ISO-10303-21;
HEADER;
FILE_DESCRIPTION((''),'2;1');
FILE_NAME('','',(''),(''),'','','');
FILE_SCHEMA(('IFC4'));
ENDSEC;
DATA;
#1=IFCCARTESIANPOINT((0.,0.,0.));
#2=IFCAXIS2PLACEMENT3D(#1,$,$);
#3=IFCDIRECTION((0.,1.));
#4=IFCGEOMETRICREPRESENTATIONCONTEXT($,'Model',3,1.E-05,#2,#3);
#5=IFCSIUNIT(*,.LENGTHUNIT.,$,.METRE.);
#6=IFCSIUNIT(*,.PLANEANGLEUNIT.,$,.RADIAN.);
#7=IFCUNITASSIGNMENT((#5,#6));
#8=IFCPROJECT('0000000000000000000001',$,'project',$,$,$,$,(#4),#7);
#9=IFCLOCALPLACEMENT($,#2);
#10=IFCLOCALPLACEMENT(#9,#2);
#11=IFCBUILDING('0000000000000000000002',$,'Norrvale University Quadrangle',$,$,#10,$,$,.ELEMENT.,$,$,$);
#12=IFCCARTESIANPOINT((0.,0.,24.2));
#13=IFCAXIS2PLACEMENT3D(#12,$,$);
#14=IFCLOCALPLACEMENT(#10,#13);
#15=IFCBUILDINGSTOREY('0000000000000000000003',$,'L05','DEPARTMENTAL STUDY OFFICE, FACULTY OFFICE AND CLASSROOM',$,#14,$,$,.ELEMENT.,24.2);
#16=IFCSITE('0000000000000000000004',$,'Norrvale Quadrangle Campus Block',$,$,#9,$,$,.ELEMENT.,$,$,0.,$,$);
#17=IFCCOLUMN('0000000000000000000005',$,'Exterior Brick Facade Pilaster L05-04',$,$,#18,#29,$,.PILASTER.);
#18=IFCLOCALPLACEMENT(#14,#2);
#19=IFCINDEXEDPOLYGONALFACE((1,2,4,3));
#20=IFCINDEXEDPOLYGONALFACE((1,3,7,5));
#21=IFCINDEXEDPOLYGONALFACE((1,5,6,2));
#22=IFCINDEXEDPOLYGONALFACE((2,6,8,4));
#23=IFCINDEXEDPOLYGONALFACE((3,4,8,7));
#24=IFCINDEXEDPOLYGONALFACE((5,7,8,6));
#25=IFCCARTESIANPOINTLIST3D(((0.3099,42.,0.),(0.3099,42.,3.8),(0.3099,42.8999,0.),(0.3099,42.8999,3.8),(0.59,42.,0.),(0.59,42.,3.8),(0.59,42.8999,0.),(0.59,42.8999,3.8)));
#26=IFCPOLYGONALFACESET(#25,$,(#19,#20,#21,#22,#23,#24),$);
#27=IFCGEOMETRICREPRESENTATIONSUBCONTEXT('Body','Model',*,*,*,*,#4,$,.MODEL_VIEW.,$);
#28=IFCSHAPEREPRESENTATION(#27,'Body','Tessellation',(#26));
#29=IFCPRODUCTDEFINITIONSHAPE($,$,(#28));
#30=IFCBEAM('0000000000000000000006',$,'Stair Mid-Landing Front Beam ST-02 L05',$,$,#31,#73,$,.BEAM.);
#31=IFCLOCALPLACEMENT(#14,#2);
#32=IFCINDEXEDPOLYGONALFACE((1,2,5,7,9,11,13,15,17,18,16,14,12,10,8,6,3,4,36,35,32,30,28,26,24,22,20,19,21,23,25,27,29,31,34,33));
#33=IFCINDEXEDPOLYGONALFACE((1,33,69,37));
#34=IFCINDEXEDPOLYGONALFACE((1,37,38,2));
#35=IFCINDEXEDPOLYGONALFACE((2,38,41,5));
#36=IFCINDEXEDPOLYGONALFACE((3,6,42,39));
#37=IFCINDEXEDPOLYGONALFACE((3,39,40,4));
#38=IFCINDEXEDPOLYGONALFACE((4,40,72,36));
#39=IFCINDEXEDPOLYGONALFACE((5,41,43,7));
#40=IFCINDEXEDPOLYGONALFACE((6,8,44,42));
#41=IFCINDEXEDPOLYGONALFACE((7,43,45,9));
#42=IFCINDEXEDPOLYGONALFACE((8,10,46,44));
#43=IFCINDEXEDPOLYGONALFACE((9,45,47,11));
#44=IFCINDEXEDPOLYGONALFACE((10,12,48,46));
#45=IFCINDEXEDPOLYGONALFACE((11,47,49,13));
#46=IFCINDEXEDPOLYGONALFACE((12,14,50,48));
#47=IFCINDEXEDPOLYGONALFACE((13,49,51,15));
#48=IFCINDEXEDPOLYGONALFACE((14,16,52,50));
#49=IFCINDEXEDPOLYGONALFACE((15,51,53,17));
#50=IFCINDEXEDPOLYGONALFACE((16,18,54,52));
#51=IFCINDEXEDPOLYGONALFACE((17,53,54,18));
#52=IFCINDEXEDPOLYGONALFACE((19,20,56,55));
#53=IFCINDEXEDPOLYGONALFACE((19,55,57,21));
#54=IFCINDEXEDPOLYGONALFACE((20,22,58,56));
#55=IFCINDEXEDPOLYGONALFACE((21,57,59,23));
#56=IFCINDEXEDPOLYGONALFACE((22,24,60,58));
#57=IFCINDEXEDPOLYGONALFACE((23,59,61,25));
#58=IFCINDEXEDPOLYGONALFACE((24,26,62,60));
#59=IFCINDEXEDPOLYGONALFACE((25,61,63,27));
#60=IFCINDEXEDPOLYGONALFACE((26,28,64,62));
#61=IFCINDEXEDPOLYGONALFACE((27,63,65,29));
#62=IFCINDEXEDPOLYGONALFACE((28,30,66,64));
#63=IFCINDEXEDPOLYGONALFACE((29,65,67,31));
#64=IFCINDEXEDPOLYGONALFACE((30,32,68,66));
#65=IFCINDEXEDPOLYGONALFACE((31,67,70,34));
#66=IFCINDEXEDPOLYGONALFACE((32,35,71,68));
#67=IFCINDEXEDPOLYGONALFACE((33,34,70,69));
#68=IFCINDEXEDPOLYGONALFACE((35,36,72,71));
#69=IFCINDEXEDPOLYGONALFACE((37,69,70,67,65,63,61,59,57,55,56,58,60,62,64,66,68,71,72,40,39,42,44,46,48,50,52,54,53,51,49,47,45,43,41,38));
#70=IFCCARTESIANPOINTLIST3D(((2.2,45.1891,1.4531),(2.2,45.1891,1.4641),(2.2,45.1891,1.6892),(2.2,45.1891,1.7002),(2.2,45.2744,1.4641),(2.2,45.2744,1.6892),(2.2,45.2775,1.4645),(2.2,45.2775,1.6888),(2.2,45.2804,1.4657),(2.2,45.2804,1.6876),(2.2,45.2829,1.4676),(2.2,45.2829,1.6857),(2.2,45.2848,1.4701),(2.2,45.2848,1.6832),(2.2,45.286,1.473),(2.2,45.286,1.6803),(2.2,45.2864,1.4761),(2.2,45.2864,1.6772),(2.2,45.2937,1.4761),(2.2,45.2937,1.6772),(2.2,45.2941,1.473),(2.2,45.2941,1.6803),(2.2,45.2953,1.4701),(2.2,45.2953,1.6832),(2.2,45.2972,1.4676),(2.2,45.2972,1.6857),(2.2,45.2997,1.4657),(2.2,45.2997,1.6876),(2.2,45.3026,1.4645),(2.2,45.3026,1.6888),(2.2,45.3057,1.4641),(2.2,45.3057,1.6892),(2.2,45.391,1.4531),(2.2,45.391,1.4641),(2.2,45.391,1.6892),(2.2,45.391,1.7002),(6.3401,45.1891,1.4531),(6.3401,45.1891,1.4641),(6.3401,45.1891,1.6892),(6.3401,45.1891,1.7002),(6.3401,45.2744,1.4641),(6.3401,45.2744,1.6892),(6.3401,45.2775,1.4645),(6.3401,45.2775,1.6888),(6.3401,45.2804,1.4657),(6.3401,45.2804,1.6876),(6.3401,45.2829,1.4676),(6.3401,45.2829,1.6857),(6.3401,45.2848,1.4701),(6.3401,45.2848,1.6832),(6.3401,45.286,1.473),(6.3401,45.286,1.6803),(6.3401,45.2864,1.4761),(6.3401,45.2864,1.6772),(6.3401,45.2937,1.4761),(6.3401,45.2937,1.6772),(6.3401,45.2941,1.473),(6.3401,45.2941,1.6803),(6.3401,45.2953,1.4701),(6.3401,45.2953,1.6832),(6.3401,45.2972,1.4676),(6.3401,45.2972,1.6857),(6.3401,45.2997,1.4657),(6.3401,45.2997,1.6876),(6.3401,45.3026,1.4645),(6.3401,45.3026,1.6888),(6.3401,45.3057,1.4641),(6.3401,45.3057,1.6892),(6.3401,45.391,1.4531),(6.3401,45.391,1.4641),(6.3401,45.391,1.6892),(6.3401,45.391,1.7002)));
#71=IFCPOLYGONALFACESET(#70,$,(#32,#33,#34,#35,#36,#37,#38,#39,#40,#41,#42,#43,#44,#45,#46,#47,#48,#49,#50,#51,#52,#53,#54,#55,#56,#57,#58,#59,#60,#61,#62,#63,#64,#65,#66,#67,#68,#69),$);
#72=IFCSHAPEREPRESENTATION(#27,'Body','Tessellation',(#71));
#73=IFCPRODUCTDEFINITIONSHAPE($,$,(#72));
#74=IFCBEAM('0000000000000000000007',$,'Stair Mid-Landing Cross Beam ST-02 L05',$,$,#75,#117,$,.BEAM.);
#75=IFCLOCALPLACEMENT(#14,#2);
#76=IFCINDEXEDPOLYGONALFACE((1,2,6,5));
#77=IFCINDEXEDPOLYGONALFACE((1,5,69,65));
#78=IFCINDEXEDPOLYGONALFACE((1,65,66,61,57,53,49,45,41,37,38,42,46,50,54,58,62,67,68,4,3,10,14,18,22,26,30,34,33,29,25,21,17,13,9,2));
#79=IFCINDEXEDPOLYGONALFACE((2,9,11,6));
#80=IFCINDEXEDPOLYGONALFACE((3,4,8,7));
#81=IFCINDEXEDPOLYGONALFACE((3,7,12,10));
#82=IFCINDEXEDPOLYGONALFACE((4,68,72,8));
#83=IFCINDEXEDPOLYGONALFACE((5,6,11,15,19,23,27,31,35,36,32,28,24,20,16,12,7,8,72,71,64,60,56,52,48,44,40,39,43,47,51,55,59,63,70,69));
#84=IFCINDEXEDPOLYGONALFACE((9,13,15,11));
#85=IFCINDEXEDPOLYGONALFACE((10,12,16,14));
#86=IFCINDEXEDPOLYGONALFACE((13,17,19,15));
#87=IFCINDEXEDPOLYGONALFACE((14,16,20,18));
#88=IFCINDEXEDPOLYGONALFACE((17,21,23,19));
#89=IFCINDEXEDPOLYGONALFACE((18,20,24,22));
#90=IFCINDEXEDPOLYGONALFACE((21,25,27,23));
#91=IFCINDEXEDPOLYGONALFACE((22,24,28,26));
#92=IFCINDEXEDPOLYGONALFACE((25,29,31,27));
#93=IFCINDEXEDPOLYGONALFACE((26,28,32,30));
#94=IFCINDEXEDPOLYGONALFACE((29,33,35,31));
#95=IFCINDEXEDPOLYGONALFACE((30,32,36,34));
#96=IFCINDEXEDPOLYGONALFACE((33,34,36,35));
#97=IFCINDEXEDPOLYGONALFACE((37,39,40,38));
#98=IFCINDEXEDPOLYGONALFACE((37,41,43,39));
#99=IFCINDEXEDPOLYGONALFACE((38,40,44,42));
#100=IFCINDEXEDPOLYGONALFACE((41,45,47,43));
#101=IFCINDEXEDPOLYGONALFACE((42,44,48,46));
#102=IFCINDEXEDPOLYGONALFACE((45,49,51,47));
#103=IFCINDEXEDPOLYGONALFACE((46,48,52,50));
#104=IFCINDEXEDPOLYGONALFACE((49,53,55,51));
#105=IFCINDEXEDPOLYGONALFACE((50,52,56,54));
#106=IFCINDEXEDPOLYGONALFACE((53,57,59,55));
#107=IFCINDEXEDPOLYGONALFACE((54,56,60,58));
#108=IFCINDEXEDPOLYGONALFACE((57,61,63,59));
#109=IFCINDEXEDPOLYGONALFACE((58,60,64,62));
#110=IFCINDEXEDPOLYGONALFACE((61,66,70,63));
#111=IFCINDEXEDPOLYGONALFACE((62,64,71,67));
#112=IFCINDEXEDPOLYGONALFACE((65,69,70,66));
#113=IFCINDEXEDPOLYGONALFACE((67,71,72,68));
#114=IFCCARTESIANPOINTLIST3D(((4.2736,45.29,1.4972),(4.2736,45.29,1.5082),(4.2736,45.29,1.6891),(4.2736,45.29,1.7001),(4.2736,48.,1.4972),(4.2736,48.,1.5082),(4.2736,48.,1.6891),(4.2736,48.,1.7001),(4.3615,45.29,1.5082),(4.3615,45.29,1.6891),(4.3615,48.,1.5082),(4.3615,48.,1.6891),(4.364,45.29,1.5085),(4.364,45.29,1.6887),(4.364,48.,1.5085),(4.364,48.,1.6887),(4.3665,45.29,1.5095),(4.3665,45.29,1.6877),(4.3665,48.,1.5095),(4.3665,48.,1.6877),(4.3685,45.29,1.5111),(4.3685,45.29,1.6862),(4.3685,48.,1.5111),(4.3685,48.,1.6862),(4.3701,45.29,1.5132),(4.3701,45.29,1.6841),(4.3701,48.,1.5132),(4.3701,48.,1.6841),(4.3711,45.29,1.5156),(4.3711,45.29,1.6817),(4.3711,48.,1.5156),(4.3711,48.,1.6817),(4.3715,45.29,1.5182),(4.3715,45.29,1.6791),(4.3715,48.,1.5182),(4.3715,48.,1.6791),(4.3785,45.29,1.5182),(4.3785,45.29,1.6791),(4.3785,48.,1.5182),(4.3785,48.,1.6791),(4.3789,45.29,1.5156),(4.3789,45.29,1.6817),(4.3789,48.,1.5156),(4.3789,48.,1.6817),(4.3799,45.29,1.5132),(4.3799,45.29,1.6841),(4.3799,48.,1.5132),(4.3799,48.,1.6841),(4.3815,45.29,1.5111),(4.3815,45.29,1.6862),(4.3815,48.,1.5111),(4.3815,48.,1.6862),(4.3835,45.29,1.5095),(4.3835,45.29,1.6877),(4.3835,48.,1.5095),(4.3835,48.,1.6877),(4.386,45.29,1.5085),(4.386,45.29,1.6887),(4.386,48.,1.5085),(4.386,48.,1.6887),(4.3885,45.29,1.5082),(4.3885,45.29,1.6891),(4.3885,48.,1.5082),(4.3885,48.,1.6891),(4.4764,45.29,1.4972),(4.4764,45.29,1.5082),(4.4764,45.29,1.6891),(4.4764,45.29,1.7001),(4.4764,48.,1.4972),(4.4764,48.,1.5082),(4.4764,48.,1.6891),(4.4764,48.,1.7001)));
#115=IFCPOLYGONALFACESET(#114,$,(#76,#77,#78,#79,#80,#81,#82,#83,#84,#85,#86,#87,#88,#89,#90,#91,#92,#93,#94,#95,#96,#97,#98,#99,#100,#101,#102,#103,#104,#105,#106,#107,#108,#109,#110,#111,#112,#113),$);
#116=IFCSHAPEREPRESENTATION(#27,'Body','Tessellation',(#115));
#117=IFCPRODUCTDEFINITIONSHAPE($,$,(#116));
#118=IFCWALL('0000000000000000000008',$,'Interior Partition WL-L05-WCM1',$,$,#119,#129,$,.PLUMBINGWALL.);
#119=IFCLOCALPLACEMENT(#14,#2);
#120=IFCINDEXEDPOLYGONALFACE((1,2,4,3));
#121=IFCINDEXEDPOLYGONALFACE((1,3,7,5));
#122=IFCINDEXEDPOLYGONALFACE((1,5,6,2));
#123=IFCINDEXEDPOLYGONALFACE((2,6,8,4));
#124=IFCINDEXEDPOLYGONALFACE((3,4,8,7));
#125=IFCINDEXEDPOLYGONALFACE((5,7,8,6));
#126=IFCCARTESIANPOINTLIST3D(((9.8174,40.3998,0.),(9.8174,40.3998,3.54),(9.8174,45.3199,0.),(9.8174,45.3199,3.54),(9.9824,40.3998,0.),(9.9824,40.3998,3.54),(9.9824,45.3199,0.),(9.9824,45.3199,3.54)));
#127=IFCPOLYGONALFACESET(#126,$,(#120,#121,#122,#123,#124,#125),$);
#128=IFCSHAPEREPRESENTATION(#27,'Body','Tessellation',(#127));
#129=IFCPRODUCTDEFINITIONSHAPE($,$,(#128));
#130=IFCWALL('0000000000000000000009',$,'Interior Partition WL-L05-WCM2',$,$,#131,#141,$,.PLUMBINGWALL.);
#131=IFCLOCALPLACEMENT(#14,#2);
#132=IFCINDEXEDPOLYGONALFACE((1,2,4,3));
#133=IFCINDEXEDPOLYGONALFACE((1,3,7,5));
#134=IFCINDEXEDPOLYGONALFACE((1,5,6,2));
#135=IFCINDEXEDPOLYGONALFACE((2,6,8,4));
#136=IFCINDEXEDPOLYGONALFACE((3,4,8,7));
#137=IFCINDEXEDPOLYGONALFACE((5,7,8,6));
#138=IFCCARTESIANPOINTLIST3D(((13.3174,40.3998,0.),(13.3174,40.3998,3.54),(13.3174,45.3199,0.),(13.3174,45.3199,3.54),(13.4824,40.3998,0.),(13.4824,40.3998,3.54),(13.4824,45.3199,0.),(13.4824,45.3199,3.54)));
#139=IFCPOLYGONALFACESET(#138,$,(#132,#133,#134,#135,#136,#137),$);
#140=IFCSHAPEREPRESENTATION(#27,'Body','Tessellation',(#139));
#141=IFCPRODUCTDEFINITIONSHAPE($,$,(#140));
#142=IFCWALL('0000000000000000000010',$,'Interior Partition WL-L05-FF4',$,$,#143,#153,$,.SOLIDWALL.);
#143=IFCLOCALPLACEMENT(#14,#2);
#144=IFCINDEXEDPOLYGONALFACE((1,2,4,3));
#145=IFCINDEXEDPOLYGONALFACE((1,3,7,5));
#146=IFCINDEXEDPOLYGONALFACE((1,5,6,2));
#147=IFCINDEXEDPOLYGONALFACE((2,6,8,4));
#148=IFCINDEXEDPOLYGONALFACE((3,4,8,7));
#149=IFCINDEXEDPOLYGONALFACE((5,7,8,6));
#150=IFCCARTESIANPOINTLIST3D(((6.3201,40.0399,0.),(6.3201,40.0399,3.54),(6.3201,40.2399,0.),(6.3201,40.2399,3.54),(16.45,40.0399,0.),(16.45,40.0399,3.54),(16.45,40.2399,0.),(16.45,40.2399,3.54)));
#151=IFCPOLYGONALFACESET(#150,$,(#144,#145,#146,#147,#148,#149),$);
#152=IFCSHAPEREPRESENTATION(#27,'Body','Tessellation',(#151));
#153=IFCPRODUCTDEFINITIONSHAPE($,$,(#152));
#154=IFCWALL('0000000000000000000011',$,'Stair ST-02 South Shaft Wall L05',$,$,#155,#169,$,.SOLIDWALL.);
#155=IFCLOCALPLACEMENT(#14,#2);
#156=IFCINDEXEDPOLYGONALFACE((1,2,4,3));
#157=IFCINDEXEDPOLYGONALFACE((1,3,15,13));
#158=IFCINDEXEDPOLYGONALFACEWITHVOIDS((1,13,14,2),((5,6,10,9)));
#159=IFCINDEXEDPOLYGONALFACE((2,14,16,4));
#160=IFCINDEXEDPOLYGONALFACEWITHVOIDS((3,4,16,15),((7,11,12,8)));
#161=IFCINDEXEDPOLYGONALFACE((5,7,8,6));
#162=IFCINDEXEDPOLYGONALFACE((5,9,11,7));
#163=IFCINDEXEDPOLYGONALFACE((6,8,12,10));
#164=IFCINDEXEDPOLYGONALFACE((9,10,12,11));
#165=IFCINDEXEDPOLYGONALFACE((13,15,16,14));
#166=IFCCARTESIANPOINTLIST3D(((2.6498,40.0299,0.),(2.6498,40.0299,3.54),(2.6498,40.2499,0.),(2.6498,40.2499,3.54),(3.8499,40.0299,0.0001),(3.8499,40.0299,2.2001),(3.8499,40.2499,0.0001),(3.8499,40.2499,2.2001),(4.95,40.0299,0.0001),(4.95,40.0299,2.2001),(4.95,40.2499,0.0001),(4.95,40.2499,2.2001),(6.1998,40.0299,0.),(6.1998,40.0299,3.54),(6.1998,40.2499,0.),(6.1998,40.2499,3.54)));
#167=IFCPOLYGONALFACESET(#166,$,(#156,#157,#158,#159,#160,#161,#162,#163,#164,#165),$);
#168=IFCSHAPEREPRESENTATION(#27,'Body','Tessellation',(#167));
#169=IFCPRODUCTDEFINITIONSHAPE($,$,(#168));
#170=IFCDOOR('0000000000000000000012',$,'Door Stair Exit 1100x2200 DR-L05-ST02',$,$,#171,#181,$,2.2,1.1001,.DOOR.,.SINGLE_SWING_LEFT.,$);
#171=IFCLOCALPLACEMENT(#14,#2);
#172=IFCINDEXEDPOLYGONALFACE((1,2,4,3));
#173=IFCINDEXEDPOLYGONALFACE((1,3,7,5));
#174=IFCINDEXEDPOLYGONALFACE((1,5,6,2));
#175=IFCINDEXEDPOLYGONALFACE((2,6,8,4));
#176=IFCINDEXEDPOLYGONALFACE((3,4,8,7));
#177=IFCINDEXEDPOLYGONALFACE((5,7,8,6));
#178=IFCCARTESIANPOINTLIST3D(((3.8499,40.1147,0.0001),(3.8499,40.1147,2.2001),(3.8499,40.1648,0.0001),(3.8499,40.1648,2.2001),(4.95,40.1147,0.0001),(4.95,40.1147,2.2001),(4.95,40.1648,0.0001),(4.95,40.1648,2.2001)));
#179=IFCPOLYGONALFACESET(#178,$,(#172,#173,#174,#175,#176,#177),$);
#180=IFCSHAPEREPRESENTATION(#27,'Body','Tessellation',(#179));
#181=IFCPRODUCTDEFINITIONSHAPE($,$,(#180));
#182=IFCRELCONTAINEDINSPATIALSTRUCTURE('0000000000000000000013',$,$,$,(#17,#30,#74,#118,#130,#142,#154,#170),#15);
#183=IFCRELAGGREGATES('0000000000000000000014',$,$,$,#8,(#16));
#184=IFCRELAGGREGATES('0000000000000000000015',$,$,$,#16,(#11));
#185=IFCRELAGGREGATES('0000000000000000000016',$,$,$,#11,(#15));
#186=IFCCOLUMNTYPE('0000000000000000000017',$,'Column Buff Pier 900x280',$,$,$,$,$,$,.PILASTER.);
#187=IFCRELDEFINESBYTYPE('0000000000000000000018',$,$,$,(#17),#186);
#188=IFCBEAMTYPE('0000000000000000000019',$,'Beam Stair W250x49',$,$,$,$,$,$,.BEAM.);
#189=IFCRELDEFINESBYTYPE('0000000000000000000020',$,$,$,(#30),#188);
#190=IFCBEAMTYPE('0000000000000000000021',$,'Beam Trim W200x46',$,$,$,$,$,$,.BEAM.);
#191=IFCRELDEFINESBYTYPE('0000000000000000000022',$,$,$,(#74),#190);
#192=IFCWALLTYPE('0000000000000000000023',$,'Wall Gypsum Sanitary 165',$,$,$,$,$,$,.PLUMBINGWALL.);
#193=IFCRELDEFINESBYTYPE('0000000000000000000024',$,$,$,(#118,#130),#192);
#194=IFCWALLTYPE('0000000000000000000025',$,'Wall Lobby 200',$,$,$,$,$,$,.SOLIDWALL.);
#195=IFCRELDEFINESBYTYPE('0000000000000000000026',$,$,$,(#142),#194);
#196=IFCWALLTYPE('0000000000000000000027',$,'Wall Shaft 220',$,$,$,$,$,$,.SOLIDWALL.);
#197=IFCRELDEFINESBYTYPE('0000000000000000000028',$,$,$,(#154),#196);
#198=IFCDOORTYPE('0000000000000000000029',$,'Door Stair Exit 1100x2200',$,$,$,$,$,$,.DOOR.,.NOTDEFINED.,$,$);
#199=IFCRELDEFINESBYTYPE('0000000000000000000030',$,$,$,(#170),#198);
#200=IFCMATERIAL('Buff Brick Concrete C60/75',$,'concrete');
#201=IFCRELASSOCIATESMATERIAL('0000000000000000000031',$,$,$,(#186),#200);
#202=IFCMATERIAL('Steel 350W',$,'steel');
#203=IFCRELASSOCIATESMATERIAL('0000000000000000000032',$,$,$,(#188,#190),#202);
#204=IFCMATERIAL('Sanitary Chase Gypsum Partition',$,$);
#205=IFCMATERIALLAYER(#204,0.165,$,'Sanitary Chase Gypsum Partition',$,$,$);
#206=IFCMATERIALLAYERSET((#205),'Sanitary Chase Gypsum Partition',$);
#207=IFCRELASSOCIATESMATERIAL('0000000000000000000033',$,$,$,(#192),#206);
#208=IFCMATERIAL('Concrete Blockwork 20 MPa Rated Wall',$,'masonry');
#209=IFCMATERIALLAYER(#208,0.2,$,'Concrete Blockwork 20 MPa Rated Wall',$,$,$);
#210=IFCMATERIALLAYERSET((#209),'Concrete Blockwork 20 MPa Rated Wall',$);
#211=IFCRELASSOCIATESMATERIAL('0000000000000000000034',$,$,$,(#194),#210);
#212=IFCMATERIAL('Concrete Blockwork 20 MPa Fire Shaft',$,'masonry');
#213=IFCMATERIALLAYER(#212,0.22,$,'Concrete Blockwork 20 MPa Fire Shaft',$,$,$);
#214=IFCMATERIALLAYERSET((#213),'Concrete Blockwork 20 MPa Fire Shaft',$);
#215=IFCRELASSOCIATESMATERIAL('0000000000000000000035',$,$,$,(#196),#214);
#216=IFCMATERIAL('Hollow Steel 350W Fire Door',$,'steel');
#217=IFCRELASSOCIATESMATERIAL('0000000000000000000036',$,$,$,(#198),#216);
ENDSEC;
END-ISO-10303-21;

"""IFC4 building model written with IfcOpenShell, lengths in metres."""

from ifc_helpers import new_model, si_unit, direction, frame, frame_2d, origin, origin_2d, place, context, subcontext, project, spatial, rectangle, i_section, extrude, material, layer, layer_set, material_profile, profile_set, type_object, element, fill, save


model = new_model("IFC4")

# Units and contexts
model_context = context("Model", 3, precision=1e-05, world=origin(), true_north=direction((0.0, 1.0)))
body_context = subcontext(model_context, "Body", "Model", "MODEL_VIEW")
ifc_project = project(units=[si_unit("LENGTHUNIT", "METRE"), si_unit("PLANEANGLEUNIT", "RADIAN")], contexts=[model_context])

# Site, building, storey
site_placement = place(None, origin())
site = spatial("IfcSite", under=ifc_project, at=site_placement, Name="Norrvale Quadrangle Campus Block", CompositionType="ELEMENT", RefElevation=0.0)
building_placement = place(site_placement, origin())
building = spatial("IfcBuilding", under=site, at=building_placement, Name="Norrvale University Quadrangle", CompositionType="ELEMENT")
storey_placement = place(building_placement, frame((0.0, 0.0, 24.2)))
storey = spatial("IfcBuildingStorey", under=building, at=storey_placement, Name="L05", Description="DEPARTMENTAL STUDY OFFICE, FACULTY OFFICE AND CLASSROOM", CompositionType="ELEMENT", Elevation=24.2)

# Column
ifc_material_1 = material(Name="Buff Brick Concrete C60/75", Category="concrete")
ifc_material_profile_1 = material_profile(ifc_material_1, rectangle(XDim=0.8999, YDim=0.28, at=origin_2d()), Name="Buff Brick Concrete C60/75")
ifc_profile_set_1 = profile_set([ifc_material_profile_1], Name="Buff Brick Concrete C60/75")
column_type = type_object("IfcColumnType", Name="Column Buff Pier 900x280", PredefinedType="PILASTER", material=ifc_profile_set_1)
column_placement = place(storey_placement, frame((0.45, 42.45, 0.0), z_axis=(0.0, 0.0, 1.0), x_axis=(0.0, 1.0, 0.0)))
element("IfcColumn", 1, at=column_placement, inside=storey, type_object=column_type, Name="Exterior Brick Facade Pilaster L05-04", PredefinedType="PILASTER", context=body_context, shape_type="SweptSolid", body=[
    extrude(rectangle(XDim=0.8999, YDim=0.28, at=origin_2d()), origin(), (0.0, 0.0, 1.0), 3.8),
])

# Beams
ifc_material_2 = material(Name="Steel 350W", Category="steel")
ifc_material_profile_2 = material_profile(ifc_material_2, i_section(OverallWidth=0.2019, OverallDepth=0.2471, WebThickness=0.0073, FlangeThickness=0.011, FilletRadius=0.012, at=origin_2d()), Name="Steel 350W")
ifc_profile_set_2 = profile_set([ifc_material_profile_2], Name="Steel 350W")
beam_type_1 = type_object("IfcBeamType", Name="Beam Stair W250x49", PredefinedType="BEAM", material=ifc_profile_set_2)
beam_1_placement = place(storey_placement, frame((2.2, 45.29, 1.5767), z_axis=(1.0, 0.0, 0.0), x_axis=(0.0, 1.0, 0.0)))
element("IfcBeam", 2, at=beam_1_placement, inside=storey, type_object=beam_type_1, Name="Stair Mid-Landing Front Beam ST-02 L05", PredefinedType="BEAM", context=body_context, shape_type="SweptSolid", body=[
    extrude(i_section(OverallWidth=0.2019, OverallDepth=0.2471, WebThickness=0.0073, FlangeThickness=0.011, FilletRadius=0.012, at=origin_2d()), origin(), (0.0, 0.0, 1.0), 4.1401),
])
ifc_material_profile_3 = material_profile(ifc_material_2, i_section(OverallWidth=0.2029, OverallDepth=0.2029, WebThickness=0.0071, FlangeThickness=0.011, FilletRadius=0.01, at=origin_2d()), Name="Steel 350W")
ifc_profile_set_3 = profile_set([ifc_material_profile_3], Name="Steel 350W")
beam_type_2 = type_object("IfcBeamType", Name="Beam Trim W200x46", PredefinedType="BEAM", material=ifc_profile_set_3)
beam_2_placement = place(storey_placement, frame((4.375, 45.29, 1.5986), z_axis=(0.0, 1.0, 0.0), x_axis=(-1.0, 0.0, 0.0)))
element("IfcBeam", 3, at=beam_2_placement, inside=storey, type_object=beam_type_2, Name="Stair Mid-Landing Cross Beam ST-02 L05", PredefinedType="BEAM", context=body_context, shape_type="SweptSolid", body=[
    extrude(i_section(OverallWidth=0.2029, OverallDepth=0.2029, WebThickness=0.0071, FlangeThickness=0.011, FilletRadius=0.01, at=origin_2d()), origin(), (0.0, 0.0, 1.0), 2.71),
])

# Walls
ifc_material_3 = material(Name="Sanitary Chase Gypsum Partition")
ifc_layer_1 = layer(ifc_material_3, 0.165, Name="Sanitary Chase Gypsum Partition")
ifc_layer_set_1 = layer_set([ifc_layer_1], Name="Sanitary Chase Gypsum Partition")
wall_type_1 = type_object("IfcWallType", Name="Wall Gypsum Sanitary 165", PredefinedType="PLUMBINGWALL", material=ifc_layer_set_1)
for number, where, z_axis, x_axis, name in (
    (4, (9.8999, 40.3999, 0.0), (0.0, 0.0, 1.0), (0.0, 1.0, 0.0), "Interior Partition WL-L05-WCM1"),
    (5, (13.3999, 40.3999, 0.0), (0.0, 0.0, 1.0), (0.0, 1.0, 0.0), "Interior Partition WL-L05-WCM2"),
):
    element("IfcWall", number, at=place(storey_placement, frame(where, z_axis=z_axis, x_axis=x_axis)), inside=storey, type_object=wall_type_1, Name=name, PredefinedType="PLUMBINGWALL", context=body_context, shape_type="SweptSolid", body=[
        extrude(rectangle(XDim=4.9202, YDim=0.165, at=frame_2d((2.46, 0.0))), origin(), (0.0, 0.0, 1.0), 3.54),
    ])
ifc_material_4 = material(Name="Concrete Blockwork 20 MPa Rated Wall", Category="masonry")
ifc_layer_2 = layer(ifc_material_4, 0.2, Name="Concrete Blockwork 20 MPa Rated Wall")
ifc_layer_set_2 = layer_set([ifc_layer_2], Name="Concrete Blockwork 20 MPa Rated Wall")
wall_type_2 = type_object("IfcWallType", Name="Wall Lobby 200", PredefinedType="SOLIDWALL", material=ifc_layer_set_2)
wall_1_placement = place(storey_placement, frame((6.3201, 40.1399, 0.0), z_axis=(0.0, 0.0, 1.0), x_axis=(1.0, 0.0, 0.0)))
element("IfcWall", 6, at=wall_1_placement, inside=storey, type_object=wall_type_2, Name="Interior Partition WL-L05-FF4", PredefinedType="SOLIDWALL", context=body_context, shape_type="SweptSolid", body=[
    extrude(rectangle(XDim=10.1299, YDim=0.2, at=frame_2d((5.0649, 0.0))), origin(), (0.0, 0.0, 1.0), 3.54),
])

# Wall, opening, door
ifc_material_5 = material(Name="Concrete Blockwork 20 MPa Fire Shaft", Category="masonry")
ifc_layer_3 = layer(ifc_material_5, 0.22, Name="Concrete Blockwork 20 MPa Fire Shaft")
ifc_layer_set_3 = layer_set([ifc_layer_3], Name="Concrete Blockwork 20 MPa Fire Shaft")
wall_type_3 = type_object("IfcWallType", Name="Wall Shaft 220", PredefinedType="SOLIDWALL", material=ifc_layer_set_3)
wall_2_placement = place(storey_placement, frame((2.6499, 40.1399, 0.0), z_axis=(0.0, 0.0, 1.0), x_axis=(1.0, 0.0, 0.0)))
wall_2 = element("IfcWall", 7, at=wall_2_placement, inside=storey, type_object=wall_type_3, Name="Stair ST-02 South Shaft Wall L05", PredefinedType="SOLIDWALL", context=body_context, shape_type="SweptSolid", body=[
    extrude(rectangle(XDim=3.55, YDim=0.22, at=frame_2d((1.7749, 0.0))), origin(), (0.0, 0.0, 1.0), 3.54),
])
opening_placement = place(wall_2_placement, frame((1.2, 0.0, 0.0)))
opening = element("IfcOpeningElement", 8, at=opening_placement, cuts=wall_2, PredefinedType="OPENING", context=body_context, shape_type="SweptSolid", body=[
    extrude(rectangle(XDim=1.1001, YDim=2.2, at=frame_2d((0.55, 1.1001))), frame((0.0, 0.1221, 0.0), z_axis=(0.0, -1.0, 0.0), x_axis=(1.0, 0.0, 0.0)), (0.0, 0.0, 1.0), 0.2439),
])
ifc_material_6 = material(Name="Hollow Steel 350W Fire Door", Category="steel")
door_type = type_object("IfcDoorType", Name="Door Stair Exit 1100x2200", OperationType="NOTDEFINED", PredefinedType="DOOR", material=ifc_material_6)
door_placement = place(opening_placement, origin())
door = element("IfcDoor", 9, at=door_placement, inside=storey, type_object=door_type, Name="Door Stair Exit 1100x2200 DR-L05-ST02", OperationType="SINGLE_SWING_LEFT", OverallHeight=2.2, OverallWidth=1.1001, PredefinedType="DOOR", context=body_context, shape_type="SweptSolid", body=[
    extrude(rectangle(XDim=1.1001, YDim=2.2, at=frame_2d((0.55, 1.1001))), frame((0.0, 0.0249, 0.0), z_axis=(0.0, -1.0, 0.0), x_axis=(1.0, 0.0, 0.0)), (0.0, 0.0, 1.0), 0.05),
])
fill(opening, door)

save(model, "model.ifc")
